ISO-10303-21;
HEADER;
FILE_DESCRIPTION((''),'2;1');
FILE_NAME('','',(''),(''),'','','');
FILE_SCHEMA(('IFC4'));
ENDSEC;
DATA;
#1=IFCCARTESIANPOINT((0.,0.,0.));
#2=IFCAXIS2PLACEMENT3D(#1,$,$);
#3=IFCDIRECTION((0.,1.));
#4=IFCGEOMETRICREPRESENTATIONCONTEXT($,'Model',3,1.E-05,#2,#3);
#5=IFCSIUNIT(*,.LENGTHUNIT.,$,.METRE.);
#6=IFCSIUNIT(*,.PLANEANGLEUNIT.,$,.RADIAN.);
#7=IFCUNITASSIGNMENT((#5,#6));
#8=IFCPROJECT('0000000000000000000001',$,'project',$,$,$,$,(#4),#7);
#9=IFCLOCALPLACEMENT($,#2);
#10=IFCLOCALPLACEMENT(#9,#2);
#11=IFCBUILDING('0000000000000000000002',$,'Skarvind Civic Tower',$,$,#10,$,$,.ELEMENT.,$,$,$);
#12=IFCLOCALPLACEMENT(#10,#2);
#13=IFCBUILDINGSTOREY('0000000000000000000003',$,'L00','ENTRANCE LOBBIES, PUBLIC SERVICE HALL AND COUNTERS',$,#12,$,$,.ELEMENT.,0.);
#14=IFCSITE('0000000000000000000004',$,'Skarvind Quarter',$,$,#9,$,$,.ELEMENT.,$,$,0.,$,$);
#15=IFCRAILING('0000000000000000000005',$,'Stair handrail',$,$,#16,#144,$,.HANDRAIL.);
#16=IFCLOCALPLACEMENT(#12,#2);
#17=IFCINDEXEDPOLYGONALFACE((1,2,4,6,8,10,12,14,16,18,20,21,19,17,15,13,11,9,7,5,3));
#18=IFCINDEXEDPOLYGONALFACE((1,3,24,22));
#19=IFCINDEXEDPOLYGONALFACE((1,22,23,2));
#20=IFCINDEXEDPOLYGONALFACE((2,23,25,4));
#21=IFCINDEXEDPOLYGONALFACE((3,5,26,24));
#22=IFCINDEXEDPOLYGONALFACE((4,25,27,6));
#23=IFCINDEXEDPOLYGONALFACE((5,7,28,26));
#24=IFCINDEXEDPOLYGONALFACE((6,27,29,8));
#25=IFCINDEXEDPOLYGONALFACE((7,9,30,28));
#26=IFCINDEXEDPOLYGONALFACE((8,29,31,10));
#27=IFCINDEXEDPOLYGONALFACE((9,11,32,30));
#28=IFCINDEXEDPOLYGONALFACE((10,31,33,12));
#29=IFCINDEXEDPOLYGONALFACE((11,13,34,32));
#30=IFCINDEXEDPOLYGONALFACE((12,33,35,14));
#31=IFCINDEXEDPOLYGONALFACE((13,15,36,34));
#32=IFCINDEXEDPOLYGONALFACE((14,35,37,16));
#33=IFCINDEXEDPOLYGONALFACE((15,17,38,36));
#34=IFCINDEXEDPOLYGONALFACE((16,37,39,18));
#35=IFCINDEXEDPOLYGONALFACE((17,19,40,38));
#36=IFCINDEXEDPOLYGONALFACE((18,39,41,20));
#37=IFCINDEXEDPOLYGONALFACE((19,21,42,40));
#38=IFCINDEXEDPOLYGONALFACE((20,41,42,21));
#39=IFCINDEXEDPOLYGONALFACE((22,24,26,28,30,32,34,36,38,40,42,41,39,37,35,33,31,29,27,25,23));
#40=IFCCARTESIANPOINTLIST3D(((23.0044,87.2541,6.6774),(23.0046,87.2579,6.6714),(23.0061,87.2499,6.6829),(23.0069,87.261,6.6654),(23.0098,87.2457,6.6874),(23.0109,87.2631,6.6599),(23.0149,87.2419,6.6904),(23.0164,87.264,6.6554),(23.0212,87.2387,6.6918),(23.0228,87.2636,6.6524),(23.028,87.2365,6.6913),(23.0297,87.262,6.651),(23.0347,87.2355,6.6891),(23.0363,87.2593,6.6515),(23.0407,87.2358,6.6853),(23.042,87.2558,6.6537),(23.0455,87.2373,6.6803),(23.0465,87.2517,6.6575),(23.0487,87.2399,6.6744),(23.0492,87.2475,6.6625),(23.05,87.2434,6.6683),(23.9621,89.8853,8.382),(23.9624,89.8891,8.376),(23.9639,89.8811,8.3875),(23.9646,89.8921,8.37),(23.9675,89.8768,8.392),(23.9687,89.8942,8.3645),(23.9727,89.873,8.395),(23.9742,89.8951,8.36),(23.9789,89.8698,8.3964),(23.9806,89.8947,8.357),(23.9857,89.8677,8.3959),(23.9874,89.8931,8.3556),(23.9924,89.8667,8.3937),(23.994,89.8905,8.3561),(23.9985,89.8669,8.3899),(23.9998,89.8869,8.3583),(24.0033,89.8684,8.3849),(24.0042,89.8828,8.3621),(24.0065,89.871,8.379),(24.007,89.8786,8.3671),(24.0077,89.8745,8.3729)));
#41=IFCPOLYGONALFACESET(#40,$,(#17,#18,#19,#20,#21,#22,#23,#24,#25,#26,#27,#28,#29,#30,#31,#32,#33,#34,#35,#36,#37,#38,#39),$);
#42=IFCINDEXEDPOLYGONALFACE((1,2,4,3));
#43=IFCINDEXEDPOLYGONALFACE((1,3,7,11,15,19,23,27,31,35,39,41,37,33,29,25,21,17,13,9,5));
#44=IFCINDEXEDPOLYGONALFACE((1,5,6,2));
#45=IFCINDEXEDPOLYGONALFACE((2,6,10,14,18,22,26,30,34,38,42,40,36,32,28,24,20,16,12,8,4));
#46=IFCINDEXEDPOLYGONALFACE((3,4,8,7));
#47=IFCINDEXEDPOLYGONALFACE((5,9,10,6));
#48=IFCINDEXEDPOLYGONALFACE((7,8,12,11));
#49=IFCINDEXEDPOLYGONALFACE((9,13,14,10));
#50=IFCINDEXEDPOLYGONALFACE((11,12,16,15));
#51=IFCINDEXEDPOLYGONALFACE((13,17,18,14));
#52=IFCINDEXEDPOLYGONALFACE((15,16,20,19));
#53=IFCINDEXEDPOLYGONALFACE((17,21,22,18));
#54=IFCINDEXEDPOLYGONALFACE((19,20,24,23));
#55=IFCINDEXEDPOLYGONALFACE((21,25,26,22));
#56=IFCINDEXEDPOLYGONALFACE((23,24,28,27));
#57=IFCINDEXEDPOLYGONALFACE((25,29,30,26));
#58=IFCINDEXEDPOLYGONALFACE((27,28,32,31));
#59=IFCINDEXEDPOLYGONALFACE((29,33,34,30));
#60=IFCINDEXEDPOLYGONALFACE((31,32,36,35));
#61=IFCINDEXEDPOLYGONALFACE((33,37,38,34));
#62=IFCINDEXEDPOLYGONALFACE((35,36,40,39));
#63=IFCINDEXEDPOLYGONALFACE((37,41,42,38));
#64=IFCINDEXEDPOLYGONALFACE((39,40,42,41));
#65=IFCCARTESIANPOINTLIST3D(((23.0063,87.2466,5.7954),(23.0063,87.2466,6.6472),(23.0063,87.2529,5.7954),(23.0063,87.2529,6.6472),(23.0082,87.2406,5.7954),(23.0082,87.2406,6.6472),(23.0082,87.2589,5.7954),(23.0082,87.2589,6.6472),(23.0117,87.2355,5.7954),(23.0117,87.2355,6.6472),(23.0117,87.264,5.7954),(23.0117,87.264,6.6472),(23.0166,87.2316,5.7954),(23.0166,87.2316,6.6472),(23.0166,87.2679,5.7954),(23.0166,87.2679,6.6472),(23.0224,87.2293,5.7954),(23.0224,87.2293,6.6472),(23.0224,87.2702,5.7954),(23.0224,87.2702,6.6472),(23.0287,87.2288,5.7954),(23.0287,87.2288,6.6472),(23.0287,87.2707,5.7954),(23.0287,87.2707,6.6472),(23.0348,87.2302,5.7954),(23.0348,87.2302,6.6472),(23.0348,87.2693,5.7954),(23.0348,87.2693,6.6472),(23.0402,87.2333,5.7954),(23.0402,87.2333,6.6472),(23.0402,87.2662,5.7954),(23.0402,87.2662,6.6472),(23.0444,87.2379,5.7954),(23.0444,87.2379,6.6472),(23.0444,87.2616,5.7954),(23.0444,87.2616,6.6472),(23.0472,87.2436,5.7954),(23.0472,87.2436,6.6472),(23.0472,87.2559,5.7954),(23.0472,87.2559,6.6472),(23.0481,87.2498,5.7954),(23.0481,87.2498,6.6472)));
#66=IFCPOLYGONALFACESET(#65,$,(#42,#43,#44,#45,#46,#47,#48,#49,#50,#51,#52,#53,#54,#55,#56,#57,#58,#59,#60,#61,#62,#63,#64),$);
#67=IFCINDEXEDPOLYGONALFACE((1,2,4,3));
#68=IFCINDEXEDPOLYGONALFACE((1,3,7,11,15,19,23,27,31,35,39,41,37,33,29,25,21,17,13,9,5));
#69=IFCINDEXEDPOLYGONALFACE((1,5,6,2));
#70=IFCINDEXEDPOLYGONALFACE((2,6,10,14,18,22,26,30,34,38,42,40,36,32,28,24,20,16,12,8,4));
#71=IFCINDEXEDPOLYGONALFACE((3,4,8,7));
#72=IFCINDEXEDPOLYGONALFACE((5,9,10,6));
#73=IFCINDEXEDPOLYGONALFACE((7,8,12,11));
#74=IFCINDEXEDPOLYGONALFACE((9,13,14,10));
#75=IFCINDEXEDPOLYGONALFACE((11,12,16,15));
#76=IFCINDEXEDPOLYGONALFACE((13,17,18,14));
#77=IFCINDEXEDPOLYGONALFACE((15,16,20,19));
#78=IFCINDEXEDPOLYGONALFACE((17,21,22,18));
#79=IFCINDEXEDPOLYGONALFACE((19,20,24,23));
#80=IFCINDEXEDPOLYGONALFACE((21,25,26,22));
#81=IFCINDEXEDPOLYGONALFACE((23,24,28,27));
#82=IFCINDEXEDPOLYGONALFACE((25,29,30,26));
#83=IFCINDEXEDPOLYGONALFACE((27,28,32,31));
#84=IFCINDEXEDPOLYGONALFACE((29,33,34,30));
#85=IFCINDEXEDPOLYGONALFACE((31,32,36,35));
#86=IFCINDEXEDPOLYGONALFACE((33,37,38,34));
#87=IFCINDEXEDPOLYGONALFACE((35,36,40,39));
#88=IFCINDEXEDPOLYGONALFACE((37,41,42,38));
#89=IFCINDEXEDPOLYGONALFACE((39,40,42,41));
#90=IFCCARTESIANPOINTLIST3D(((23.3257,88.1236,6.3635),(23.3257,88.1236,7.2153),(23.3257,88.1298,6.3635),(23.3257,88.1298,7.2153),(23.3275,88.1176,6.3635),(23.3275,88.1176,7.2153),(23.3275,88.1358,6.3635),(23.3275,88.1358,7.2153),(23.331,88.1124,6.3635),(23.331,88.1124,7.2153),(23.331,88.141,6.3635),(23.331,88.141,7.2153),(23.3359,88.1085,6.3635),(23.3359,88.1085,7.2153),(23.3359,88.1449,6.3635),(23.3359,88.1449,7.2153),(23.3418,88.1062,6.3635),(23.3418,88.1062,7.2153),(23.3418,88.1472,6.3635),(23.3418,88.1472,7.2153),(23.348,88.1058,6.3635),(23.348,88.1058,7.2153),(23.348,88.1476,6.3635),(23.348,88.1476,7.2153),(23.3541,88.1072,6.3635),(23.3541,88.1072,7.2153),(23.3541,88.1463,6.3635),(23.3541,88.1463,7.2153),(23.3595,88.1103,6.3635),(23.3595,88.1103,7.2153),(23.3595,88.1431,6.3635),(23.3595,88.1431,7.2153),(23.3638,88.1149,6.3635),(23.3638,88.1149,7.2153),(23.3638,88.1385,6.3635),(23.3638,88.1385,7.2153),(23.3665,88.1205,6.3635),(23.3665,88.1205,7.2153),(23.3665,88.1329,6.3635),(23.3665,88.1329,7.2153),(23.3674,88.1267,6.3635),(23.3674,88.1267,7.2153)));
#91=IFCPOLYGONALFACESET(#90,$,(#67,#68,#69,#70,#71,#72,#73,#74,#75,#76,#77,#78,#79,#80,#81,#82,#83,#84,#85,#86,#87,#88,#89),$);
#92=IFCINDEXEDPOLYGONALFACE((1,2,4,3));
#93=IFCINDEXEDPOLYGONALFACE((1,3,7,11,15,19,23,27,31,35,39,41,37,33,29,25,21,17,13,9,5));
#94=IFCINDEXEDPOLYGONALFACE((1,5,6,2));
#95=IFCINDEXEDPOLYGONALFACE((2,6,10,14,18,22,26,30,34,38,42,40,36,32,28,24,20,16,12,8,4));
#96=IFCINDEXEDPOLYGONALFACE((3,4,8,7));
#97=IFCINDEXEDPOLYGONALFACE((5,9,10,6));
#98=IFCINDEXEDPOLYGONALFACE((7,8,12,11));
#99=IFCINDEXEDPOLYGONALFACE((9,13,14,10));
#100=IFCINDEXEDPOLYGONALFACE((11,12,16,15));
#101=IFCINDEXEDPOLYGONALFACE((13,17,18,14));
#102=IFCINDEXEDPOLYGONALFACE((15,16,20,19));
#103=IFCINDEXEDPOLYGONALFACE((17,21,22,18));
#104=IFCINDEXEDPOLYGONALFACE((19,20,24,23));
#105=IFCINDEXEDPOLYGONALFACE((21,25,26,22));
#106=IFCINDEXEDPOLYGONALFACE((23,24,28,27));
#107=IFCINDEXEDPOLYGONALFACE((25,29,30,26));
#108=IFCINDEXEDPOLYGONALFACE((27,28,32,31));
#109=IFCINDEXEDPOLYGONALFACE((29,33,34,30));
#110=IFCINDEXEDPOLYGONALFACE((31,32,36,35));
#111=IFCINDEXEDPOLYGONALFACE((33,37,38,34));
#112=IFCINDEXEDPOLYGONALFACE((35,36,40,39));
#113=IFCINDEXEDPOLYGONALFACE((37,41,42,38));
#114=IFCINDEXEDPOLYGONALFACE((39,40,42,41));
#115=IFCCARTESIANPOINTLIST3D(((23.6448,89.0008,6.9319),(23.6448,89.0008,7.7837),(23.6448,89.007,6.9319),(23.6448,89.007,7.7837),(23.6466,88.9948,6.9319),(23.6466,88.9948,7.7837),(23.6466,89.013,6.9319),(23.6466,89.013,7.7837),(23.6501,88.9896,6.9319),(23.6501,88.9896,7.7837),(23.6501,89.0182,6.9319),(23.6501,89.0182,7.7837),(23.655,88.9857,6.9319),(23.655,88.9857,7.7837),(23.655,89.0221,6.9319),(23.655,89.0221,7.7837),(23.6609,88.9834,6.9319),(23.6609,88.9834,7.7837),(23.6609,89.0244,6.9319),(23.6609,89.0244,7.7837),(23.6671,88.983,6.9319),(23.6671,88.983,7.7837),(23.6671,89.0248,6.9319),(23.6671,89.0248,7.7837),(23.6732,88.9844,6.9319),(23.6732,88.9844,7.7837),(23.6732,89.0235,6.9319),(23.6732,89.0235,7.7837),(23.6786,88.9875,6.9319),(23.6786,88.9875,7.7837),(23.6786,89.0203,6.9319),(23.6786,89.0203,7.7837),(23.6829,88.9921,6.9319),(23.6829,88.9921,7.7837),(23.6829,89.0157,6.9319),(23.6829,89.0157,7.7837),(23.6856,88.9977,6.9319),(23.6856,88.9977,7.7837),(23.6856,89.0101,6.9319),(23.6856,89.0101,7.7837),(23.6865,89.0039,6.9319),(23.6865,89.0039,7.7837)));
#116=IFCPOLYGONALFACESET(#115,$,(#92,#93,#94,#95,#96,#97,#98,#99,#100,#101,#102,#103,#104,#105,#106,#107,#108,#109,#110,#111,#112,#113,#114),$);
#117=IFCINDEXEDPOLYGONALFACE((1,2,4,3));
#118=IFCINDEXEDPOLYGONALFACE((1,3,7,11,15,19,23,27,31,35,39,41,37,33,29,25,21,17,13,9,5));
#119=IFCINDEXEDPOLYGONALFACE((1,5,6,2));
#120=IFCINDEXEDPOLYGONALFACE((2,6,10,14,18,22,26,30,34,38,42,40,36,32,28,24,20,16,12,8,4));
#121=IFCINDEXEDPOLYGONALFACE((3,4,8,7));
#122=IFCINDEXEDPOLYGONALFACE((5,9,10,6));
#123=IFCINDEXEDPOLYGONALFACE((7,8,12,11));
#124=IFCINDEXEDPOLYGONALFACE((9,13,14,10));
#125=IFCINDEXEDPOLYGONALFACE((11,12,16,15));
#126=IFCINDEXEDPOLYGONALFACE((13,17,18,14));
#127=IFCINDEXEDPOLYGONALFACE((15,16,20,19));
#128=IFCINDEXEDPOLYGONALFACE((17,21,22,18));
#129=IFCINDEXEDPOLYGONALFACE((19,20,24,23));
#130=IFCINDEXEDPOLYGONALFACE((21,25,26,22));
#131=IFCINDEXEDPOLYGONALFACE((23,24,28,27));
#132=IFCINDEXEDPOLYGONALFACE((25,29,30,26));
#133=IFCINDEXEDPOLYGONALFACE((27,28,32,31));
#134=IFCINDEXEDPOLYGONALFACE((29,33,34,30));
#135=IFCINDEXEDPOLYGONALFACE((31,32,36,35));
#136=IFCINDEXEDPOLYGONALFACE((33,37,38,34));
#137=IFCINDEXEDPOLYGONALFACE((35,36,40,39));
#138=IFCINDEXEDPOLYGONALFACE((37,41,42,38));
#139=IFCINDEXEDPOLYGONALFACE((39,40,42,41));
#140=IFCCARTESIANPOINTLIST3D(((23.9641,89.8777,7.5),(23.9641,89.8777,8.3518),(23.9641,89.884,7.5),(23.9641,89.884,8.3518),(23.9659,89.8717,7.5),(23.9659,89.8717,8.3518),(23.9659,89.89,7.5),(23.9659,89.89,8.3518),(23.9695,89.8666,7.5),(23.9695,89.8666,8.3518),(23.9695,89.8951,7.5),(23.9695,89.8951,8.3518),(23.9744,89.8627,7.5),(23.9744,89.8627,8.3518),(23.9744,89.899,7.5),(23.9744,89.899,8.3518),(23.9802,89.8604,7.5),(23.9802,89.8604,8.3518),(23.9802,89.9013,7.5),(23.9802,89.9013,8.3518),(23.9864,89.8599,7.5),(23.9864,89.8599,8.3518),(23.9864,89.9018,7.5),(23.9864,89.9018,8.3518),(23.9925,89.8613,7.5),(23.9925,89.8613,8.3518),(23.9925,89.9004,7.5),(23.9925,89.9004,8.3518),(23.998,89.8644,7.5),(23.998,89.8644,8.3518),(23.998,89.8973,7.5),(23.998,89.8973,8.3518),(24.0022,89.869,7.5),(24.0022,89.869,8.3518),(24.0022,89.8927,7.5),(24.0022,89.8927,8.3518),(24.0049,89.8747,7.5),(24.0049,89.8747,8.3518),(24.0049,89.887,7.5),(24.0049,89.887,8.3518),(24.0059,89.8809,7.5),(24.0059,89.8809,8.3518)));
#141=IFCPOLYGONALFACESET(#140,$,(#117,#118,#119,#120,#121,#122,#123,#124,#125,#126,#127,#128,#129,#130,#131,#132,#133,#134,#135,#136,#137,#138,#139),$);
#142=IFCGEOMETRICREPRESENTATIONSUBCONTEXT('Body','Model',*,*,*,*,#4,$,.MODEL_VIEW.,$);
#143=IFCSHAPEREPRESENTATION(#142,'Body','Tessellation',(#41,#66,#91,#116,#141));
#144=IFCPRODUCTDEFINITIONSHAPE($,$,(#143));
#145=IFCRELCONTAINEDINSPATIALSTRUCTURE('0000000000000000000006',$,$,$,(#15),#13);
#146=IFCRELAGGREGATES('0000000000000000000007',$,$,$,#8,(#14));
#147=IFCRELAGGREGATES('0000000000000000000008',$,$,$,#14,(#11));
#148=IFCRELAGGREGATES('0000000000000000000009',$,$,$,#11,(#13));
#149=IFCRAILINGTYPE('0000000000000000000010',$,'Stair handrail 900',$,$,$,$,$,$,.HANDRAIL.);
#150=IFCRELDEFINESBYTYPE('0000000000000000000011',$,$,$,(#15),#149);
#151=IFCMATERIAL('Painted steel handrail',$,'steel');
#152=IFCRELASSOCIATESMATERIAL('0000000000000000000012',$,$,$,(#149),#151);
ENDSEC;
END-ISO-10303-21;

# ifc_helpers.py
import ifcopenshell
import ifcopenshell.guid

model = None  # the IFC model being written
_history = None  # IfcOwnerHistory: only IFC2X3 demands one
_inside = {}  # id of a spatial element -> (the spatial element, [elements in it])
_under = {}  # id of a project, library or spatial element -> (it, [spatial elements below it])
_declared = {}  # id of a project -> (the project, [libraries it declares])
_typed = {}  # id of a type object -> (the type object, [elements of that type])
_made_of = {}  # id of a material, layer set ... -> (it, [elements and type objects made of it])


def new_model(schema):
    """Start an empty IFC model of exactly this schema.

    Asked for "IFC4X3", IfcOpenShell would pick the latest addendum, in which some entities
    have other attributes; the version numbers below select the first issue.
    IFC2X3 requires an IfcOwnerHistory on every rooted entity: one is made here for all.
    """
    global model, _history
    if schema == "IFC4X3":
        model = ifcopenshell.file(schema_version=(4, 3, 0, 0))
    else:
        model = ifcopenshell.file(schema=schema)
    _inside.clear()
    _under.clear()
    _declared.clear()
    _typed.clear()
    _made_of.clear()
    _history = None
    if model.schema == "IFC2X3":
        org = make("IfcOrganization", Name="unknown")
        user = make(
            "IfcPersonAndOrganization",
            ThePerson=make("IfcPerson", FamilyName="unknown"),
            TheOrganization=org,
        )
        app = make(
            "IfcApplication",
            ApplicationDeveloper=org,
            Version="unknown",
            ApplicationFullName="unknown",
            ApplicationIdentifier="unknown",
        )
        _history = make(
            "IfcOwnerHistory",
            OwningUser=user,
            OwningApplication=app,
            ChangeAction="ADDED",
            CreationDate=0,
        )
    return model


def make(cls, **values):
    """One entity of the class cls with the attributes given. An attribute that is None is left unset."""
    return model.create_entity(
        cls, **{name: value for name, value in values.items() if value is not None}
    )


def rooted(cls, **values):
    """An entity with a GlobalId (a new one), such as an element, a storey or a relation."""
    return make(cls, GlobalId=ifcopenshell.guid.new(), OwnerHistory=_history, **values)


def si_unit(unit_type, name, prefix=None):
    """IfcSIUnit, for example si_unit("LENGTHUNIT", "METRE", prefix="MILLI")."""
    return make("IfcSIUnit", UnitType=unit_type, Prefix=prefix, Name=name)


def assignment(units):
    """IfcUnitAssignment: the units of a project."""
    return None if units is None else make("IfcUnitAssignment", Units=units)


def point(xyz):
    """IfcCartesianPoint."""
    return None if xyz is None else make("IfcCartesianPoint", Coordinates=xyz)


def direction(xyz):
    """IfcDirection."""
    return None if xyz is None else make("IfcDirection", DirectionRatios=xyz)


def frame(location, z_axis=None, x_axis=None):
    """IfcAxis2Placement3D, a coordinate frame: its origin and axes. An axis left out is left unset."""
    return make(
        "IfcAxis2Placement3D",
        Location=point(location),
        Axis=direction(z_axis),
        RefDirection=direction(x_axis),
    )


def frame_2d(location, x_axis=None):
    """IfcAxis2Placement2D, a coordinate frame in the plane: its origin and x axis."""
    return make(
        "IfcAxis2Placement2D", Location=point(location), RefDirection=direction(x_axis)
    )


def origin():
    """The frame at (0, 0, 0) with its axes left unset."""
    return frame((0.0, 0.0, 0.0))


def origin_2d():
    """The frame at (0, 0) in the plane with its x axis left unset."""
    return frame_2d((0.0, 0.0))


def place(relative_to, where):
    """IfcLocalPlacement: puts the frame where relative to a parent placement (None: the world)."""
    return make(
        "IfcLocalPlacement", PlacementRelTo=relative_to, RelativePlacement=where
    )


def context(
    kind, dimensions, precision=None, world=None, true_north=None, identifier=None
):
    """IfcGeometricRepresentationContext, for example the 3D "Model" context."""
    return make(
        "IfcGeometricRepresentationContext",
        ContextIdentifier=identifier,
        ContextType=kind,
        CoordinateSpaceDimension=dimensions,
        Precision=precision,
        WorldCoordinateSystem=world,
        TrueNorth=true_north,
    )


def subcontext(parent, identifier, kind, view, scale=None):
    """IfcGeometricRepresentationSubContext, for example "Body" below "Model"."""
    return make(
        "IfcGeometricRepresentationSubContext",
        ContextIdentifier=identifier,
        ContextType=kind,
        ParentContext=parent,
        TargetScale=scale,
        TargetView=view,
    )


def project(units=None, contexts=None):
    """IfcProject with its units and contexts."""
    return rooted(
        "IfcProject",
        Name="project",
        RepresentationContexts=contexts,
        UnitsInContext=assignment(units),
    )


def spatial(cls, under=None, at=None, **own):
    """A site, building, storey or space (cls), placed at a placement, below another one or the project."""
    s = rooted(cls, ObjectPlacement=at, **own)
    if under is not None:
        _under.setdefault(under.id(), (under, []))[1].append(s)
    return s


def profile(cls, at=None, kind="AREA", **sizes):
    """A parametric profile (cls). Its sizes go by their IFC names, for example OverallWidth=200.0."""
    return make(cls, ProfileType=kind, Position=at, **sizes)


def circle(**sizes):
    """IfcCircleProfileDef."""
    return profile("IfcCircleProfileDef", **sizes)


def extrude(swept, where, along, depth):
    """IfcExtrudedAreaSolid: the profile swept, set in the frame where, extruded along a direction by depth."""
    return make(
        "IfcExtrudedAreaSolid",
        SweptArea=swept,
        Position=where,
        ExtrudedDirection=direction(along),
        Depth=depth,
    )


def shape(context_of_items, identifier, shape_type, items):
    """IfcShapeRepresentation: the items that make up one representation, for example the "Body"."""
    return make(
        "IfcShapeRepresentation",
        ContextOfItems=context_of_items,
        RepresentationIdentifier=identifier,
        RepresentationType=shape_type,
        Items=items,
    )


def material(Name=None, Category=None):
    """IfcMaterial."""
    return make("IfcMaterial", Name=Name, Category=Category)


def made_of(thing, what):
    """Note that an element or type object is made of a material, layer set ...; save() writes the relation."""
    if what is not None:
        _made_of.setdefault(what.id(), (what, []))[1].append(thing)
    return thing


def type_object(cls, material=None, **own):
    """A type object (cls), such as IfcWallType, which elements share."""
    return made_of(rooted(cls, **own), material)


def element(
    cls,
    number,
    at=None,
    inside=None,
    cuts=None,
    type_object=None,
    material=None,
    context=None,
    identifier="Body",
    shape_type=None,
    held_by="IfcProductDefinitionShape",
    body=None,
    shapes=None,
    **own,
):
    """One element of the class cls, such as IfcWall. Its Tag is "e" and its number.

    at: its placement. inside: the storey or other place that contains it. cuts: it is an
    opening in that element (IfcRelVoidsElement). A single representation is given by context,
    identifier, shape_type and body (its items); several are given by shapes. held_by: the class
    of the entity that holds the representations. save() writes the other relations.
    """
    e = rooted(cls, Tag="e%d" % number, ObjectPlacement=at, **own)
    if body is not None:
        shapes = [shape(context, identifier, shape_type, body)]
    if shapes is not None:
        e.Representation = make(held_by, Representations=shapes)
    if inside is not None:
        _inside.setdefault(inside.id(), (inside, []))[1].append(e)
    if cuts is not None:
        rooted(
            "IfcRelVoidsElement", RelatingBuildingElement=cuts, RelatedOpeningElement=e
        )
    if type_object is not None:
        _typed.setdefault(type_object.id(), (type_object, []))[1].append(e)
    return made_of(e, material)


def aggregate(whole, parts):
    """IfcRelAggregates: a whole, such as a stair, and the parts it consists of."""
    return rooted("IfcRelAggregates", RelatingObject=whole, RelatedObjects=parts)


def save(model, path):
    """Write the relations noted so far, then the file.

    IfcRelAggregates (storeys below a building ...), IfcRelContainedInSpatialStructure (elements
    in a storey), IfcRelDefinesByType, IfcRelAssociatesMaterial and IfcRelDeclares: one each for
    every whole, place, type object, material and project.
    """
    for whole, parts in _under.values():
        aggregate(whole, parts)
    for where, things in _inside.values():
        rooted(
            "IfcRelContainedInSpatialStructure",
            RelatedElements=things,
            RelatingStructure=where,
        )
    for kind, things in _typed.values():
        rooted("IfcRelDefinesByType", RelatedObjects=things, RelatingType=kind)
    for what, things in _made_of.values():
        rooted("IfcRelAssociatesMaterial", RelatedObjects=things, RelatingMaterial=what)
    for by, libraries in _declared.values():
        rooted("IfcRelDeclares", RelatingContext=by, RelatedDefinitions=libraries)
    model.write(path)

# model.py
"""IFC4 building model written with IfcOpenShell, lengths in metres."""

from ifc_helpers import new_model, si_unit, direction, frame, origin, origin_2d, place, context, subcontext, project, spatial, circle, extrude, material, type_object, element, save


model = new_model("IFC4")

# Units and contexts
model_context = context("Model", 3, precision=1e-05, world=origin(), true_north=direction((0.0, 1.0)))
body_context = subcontext(model_context, "Body", "Model", "MODEL_VIEW")
ifc_project = project(units=[si_unit("LENGTHUNIT", "METRE"), si_unit("PLANEANGLEUNIT", "RADIAN")], contexts=[model_context])

# Site, building, storey
site_placement = place(None, origin())
site = spatial("IfcSite", under=ifc_project, at=site_placement, Name="Skarvind Quarter", CompositionType="ELEMENT", RefElevation=0.0)
building_placement = place(site_placement, origin())
building = spatial("IfcBuilding", under=site, at=building_placement, Name="Skarvind Civic Tower", CompositionType="ELEMENT")
storey_placement = place(building_placement, origin())
storey = spatial("IfcBuildingStorey", under=building, at=storey_placement, Name="L00", Description="ENTRANCE LOBBIES, PUBLIC SERVICE HALL AND COUNTERS", CompositionType="ELEMENT", Elevation=0.0)

# Railing
ifc_material_1 = material(Name="Painted steel handrail", Category="steel")
railing_type = type_object("IfcRailingType", Name="Stair handrail 900", PredefinedType="HANDRAIL", material=ifc_material_1)
for number, where, name in (
    (1, (23.0271, 87.2498, 5.7954), "Stair handrail"),
):
    element("IfcRailing", number, at=place(storey_placement, frame(where)), inside=storey, type_object=railing_type, Name=name, PredefinedType="HANDRAIL", context=body_context, shape_type="SweptSolid", body=[
        extrude(circle(Radius=0.0239, at=origin_2d()), frame((0.0, 0.0, 0.876), z_axis=(0.292174, 0.802642, 0.52), x_axis=(-0.939679, 0.342058, 0.0)), (0.0, 0.0, 1.0), 3.2781),
        extrude(circle(Radius=0.021, at=origin_2d()), origin(), (0.0, 0.0, 1.0), 0.8518),
        extrude(circle(Radius=0.021, at=origin_2d()), frame((0.3193, 0.877, 0.5681)), (0.0, 0.0, 1.0), 0.8518),
        extrude(circle(Radius=0.021, at=origin_2d()), frame((0.6384, 1.7542, 1.1365)), (0.0, 0.0, 1.0), 0.8518),
        extrude(circle(Radius=0.021, at=origin_2d()), frame((0.9578, 2.6311, 1.7046)), (0.0, 0.0, 1.0), 0.8518),
    ])

save(model, "model.ifc")
